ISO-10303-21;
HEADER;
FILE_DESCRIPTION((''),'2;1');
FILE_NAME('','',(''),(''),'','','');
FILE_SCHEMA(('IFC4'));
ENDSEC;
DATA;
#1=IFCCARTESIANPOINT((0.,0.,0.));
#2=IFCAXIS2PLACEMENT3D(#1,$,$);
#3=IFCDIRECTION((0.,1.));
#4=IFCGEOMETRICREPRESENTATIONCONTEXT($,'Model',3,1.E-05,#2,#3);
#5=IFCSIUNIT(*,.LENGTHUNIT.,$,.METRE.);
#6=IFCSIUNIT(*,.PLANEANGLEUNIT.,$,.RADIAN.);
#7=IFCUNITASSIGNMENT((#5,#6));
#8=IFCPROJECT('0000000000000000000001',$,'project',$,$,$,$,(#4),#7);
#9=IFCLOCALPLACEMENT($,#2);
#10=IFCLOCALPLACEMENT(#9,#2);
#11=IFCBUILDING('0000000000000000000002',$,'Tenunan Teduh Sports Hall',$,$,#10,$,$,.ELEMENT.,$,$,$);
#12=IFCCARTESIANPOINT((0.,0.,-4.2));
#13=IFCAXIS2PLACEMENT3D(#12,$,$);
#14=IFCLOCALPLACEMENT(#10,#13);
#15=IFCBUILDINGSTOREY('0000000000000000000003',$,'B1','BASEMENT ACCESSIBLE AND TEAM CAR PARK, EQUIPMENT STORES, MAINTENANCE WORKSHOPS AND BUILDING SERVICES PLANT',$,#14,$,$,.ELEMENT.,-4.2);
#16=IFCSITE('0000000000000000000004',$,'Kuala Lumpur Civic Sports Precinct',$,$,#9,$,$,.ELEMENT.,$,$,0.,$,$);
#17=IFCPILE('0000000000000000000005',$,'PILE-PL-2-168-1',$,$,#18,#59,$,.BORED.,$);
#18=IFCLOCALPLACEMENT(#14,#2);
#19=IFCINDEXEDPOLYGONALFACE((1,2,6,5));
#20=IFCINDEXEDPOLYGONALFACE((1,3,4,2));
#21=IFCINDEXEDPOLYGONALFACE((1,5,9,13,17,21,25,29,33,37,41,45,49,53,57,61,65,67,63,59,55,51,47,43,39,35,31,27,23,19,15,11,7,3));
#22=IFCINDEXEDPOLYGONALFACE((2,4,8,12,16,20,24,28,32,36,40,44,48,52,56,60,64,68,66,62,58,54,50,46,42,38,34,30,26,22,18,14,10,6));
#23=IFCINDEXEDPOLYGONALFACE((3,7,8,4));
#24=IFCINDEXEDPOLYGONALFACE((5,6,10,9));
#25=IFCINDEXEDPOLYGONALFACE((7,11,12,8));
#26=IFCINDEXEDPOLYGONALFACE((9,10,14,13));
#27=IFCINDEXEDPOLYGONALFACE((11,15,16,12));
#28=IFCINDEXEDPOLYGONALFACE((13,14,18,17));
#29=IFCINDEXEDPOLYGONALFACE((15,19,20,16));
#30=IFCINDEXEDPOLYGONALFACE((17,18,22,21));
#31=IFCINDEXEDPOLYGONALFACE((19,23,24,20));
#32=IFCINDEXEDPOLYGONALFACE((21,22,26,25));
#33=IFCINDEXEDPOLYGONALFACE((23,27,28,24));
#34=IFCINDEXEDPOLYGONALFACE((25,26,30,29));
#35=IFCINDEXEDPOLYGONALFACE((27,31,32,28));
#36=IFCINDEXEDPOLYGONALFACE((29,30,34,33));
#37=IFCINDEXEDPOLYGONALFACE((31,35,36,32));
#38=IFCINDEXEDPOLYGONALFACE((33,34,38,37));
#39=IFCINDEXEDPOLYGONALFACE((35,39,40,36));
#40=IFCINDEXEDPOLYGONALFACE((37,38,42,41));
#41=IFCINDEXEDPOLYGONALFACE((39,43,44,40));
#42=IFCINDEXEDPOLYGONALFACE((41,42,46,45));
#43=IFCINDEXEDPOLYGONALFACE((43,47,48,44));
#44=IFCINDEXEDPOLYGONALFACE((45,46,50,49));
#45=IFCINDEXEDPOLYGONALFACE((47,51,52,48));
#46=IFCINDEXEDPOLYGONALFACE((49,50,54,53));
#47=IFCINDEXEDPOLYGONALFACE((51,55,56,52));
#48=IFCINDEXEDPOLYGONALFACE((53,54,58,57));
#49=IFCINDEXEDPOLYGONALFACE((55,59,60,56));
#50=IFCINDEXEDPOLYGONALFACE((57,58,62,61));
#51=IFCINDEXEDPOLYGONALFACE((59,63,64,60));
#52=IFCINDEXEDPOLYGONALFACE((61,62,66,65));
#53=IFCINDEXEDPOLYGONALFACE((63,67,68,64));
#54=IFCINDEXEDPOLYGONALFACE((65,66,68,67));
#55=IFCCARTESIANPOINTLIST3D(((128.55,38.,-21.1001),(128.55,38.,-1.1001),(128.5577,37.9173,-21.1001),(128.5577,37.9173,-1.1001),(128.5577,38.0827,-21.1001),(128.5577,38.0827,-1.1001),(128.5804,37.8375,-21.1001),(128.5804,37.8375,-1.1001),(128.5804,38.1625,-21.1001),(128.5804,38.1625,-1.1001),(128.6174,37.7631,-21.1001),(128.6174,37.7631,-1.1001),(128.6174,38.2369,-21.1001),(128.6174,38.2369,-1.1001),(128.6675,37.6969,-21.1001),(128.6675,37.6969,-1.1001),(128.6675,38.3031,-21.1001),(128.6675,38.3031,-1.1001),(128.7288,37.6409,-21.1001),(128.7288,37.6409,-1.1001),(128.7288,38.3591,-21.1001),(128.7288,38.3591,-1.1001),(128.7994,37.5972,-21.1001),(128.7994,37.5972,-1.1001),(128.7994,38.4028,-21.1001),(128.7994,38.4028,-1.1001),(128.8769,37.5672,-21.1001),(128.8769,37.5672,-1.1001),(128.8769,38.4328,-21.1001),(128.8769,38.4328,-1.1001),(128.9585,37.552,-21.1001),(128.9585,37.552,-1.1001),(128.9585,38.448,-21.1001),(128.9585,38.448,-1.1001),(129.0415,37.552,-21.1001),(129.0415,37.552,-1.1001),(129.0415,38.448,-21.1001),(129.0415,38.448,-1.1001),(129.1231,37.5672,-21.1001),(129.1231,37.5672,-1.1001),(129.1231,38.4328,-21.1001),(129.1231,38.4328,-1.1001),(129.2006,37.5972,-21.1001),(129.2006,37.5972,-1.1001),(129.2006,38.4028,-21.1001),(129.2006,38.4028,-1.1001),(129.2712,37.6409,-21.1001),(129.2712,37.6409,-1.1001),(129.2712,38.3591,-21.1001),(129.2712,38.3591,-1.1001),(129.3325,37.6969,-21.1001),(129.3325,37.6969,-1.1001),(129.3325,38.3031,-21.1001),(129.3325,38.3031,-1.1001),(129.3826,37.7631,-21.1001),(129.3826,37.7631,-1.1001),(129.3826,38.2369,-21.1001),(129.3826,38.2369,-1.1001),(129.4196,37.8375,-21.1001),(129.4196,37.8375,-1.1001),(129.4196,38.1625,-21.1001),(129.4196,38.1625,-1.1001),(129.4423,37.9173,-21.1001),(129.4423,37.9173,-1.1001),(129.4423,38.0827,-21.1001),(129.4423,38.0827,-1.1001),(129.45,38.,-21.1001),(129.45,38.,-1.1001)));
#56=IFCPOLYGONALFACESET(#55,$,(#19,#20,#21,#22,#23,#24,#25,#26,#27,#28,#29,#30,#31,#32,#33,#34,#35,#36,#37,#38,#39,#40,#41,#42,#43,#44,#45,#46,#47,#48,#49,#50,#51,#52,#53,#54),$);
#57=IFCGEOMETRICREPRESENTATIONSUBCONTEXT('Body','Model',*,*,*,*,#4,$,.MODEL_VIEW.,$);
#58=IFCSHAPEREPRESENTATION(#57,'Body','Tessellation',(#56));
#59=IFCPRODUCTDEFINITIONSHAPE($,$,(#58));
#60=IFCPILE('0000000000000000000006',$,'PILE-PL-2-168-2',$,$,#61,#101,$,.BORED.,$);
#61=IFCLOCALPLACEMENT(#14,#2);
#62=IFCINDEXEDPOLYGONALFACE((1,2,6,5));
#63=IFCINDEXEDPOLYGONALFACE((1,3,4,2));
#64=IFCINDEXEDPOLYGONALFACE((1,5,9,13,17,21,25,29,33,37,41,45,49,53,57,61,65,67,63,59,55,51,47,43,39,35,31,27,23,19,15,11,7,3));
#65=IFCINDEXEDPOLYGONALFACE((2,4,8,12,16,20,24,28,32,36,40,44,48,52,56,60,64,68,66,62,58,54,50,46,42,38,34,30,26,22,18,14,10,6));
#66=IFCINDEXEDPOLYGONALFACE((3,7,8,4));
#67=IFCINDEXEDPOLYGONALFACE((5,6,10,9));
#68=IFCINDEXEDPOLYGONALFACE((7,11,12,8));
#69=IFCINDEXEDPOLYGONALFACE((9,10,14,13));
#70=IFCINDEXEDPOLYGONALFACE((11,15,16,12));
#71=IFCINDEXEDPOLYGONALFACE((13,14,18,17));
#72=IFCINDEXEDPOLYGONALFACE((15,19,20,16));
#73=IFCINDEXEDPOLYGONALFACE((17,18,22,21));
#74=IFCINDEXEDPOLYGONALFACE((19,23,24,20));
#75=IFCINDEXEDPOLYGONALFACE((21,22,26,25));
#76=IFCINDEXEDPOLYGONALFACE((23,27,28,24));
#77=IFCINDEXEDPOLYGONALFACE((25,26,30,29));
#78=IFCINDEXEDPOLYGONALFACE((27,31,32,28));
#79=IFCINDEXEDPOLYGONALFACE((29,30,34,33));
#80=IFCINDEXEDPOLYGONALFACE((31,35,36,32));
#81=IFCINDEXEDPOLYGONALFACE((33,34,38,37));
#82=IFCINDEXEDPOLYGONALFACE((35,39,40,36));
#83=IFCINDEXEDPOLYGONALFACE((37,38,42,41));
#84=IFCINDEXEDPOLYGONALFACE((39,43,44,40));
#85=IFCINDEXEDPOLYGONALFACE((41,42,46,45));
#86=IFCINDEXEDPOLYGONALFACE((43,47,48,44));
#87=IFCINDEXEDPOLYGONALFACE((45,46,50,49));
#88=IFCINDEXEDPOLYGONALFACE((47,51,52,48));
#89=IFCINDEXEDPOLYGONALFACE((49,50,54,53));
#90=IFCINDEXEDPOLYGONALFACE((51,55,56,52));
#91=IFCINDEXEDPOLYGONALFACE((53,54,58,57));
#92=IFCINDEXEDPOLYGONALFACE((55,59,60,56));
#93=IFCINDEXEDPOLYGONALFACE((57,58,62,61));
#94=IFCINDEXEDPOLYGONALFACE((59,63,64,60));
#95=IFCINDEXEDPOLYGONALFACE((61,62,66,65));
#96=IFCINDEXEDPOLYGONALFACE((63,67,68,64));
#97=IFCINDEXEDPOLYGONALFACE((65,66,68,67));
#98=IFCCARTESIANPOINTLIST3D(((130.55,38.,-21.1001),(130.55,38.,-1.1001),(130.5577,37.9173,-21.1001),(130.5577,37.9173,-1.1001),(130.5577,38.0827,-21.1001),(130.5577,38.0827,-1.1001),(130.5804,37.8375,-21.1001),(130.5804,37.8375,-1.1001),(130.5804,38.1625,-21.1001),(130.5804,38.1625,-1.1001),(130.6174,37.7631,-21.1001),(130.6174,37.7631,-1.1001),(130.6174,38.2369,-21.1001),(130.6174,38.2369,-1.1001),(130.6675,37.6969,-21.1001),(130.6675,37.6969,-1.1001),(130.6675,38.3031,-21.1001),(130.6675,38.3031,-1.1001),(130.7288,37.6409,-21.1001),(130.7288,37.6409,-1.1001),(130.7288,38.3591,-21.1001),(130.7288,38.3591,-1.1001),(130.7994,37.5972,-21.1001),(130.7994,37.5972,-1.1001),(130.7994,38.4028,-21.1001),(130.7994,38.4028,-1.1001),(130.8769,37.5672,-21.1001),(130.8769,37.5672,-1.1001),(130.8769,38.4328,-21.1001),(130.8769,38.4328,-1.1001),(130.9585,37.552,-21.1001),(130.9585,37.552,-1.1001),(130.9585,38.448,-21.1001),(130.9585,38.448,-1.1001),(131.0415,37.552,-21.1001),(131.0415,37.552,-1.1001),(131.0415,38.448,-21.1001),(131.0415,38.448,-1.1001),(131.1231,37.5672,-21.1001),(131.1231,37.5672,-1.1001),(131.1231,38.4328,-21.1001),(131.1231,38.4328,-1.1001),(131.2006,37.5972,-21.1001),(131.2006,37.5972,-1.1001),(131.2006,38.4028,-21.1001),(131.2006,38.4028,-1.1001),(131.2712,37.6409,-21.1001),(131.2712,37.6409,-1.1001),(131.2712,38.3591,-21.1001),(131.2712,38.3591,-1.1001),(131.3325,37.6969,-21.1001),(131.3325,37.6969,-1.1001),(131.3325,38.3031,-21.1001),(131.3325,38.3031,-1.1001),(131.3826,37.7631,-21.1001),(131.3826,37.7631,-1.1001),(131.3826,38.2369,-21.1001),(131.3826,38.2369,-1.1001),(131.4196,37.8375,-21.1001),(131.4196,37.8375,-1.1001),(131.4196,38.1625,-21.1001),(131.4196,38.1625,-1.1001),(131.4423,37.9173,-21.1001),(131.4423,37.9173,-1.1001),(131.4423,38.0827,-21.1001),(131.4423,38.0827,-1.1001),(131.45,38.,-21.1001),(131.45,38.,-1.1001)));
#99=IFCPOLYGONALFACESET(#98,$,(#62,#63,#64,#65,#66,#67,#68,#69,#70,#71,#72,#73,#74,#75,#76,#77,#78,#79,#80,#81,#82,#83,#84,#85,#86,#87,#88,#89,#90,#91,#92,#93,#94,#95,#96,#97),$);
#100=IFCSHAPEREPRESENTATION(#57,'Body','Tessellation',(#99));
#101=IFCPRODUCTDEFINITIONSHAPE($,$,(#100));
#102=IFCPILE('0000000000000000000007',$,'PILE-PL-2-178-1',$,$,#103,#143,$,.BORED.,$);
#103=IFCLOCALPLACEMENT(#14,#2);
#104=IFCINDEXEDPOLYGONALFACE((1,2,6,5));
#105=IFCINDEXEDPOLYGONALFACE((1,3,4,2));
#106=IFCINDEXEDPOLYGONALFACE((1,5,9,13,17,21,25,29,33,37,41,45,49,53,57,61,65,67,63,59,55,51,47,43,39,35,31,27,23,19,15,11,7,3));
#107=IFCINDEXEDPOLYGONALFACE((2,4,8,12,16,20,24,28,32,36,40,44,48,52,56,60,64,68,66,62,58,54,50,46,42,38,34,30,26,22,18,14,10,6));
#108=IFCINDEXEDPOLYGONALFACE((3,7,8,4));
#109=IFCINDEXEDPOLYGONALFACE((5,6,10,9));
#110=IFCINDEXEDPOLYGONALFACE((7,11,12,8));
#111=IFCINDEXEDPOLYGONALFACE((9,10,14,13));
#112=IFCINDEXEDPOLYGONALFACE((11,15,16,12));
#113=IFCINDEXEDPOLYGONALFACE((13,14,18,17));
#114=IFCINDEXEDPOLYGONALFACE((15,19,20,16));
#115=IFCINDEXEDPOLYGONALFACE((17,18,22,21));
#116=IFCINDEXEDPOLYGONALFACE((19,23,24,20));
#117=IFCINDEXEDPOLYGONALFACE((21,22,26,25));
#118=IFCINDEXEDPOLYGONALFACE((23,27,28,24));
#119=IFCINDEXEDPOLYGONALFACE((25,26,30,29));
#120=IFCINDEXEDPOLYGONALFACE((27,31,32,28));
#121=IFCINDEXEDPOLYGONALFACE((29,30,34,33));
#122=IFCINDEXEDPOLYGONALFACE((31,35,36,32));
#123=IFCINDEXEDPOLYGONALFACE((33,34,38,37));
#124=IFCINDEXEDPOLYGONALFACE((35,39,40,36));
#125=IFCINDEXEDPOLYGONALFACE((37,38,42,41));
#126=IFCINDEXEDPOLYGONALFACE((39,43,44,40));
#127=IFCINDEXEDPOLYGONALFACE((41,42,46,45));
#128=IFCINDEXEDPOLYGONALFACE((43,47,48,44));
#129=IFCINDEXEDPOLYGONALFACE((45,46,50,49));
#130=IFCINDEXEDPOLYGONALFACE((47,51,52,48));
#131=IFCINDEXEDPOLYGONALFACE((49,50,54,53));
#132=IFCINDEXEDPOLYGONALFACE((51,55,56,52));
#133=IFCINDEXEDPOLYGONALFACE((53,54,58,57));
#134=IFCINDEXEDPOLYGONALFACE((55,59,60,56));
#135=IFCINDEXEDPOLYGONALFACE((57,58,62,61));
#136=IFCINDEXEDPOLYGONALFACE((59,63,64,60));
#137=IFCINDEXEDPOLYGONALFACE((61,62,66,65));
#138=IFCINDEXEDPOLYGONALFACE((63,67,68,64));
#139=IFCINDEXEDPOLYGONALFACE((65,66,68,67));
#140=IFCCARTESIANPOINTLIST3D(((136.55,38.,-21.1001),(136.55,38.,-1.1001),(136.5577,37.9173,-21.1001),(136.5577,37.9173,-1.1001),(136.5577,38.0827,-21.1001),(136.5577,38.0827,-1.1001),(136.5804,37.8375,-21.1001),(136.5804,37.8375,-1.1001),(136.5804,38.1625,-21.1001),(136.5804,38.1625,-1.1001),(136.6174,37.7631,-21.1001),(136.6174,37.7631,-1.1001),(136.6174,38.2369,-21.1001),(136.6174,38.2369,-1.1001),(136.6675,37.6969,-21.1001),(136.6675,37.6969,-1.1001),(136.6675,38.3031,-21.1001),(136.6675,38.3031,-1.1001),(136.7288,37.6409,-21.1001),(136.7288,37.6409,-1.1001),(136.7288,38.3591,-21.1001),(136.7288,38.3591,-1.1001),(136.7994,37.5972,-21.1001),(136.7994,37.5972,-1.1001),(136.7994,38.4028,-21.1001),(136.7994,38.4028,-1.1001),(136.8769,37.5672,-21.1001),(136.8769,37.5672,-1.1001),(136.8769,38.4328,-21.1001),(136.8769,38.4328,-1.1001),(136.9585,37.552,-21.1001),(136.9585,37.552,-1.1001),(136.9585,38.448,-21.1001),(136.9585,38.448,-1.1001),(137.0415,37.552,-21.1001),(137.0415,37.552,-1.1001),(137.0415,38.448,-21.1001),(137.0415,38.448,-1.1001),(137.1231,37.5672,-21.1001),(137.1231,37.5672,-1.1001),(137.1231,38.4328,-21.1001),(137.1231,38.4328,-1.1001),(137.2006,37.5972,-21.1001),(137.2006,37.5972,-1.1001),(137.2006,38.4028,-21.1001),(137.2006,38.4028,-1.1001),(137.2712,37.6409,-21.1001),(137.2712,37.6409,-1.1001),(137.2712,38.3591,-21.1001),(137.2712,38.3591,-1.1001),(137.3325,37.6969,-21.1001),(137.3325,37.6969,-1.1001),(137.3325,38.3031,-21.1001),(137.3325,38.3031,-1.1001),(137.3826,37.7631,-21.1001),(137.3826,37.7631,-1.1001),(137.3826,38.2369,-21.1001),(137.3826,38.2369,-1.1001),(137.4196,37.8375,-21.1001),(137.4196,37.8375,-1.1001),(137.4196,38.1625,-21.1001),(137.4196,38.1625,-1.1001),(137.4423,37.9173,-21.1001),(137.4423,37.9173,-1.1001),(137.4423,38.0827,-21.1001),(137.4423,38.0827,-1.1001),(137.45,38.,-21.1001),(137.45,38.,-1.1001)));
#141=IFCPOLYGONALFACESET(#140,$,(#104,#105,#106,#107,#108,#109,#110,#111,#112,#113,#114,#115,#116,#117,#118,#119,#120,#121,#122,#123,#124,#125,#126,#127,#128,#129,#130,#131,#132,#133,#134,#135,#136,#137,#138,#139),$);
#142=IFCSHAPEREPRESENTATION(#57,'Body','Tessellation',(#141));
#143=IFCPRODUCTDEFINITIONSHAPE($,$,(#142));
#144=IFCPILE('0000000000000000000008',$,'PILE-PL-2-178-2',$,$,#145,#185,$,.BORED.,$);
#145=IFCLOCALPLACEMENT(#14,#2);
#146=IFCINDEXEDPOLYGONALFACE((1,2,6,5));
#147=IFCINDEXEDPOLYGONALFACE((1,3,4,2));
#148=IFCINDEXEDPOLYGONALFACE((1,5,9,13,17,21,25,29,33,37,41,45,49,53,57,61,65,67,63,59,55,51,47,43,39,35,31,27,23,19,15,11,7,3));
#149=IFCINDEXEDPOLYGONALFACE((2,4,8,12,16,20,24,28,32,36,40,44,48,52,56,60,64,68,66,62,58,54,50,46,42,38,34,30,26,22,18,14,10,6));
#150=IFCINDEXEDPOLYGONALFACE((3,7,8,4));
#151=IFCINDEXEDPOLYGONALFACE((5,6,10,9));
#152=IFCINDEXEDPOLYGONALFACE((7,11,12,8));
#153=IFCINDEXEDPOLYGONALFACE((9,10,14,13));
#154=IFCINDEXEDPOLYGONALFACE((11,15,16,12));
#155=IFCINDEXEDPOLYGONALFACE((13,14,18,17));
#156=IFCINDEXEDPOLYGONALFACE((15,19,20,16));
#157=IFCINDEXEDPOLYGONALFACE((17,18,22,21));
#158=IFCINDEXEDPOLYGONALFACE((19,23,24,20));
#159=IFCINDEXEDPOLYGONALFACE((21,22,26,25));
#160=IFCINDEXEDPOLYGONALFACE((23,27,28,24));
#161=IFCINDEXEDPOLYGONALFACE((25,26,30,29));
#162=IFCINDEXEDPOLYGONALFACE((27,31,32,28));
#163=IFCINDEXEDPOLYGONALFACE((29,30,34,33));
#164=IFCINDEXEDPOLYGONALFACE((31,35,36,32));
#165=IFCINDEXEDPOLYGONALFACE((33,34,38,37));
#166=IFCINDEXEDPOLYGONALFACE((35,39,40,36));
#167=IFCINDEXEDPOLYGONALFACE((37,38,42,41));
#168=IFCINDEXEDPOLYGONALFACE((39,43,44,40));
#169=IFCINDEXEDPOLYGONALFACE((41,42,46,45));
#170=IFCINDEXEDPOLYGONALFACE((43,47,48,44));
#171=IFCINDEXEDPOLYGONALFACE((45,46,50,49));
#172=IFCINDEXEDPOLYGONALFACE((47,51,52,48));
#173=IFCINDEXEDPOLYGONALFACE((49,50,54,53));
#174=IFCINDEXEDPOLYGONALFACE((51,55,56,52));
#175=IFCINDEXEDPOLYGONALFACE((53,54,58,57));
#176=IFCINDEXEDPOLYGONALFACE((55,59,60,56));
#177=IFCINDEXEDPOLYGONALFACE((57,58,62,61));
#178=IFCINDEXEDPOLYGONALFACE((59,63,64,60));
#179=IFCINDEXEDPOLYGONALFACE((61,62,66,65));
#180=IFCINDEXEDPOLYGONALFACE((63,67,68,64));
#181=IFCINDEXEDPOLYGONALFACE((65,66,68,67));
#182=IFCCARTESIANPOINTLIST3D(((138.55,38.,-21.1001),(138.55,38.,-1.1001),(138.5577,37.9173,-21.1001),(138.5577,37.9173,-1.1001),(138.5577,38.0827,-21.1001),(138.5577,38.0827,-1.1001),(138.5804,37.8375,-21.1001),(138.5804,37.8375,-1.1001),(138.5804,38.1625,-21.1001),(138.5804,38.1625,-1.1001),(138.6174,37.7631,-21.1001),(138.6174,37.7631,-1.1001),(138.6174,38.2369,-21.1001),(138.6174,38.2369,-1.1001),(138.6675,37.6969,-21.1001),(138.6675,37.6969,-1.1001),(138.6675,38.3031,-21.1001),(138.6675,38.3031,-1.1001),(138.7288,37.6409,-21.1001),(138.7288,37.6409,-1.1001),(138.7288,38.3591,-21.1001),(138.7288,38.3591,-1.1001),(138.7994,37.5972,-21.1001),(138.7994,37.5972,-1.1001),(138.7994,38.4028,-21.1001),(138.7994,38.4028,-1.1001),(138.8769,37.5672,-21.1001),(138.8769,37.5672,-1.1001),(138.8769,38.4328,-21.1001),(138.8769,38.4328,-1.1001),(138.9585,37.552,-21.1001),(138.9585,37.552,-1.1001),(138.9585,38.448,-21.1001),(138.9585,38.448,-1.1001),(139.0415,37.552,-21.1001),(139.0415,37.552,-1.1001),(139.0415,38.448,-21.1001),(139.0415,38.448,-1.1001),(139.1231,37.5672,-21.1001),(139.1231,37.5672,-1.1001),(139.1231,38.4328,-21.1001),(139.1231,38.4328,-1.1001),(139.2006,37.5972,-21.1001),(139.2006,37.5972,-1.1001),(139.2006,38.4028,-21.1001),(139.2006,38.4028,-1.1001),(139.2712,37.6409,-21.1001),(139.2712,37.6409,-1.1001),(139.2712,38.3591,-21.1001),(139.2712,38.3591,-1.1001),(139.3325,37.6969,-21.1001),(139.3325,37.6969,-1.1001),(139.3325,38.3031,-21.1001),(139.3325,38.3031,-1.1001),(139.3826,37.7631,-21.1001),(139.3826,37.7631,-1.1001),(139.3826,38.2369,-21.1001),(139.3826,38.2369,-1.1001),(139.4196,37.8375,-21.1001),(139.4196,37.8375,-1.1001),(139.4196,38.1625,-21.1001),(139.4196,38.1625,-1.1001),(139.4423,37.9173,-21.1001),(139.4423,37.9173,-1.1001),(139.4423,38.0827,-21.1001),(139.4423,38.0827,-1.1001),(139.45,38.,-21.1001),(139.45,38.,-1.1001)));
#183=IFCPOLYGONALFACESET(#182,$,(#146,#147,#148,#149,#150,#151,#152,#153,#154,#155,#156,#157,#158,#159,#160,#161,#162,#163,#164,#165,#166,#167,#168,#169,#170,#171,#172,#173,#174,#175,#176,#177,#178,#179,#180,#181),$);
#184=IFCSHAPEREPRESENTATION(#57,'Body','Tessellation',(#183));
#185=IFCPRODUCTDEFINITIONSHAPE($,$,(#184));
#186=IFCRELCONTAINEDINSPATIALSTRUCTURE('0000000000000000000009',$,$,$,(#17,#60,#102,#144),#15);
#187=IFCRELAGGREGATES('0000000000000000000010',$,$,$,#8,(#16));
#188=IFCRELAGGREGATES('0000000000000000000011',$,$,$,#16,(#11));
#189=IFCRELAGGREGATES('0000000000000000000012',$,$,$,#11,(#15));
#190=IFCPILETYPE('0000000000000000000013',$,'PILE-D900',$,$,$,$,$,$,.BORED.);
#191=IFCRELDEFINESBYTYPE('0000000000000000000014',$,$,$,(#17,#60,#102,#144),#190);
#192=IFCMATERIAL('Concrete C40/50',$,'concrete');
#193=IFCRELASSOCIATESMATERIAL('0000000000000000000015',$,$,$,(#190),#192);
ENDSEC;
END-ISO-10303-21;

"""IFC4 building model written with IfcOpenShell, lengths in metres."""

from ifc_helpers import new_model, si_unit, direction, frame, origin, origin_2d, place, context, subcontext, project, spatial, circle, extrude, material, material_profile, profile_set, type_object, element, save


model = new_model("IFC4")

# Units and contexts
model_context = context("Model", 3, precision=1e-05, world=origin(), true_north=direction((0.0, 1.0)))
body_context = subcontext(model_context, "Body", "Model", "MODEL_VIEW")
ifc_project = project(units=[si_unit("LENGTHUNIT", "METRE"), si_unit("PLANEANGLEUNIT", "RADIAN")], contexts=[model_context])

# Site, building, storey
site_placement = place(None, origin())
site = spatial("IfcSite", under=ifc_project, at=site_placement, Name="Kuala Lumpur Civic Sports Precinct", CompositionType="ELEMENT", RefElevation=0.0)
building_placement = place(site_placement, origin())
building = spatial("IfcBuilding", under=site, at=building_placement, Name="Tenunan Teduh Sports Hall", CompositionType="ELEMENT")
storey_placement = place(building_placement, frame((0.0, 0.0, -4.2)))
storey = spatial("IfcBuildingStorey", under=building, at=storey_placement, Name="B1", Description="BASEMENT ACCESSIBLE AND TEAM CAR PARK, EQUIPMENT STORES, MAINTENANCE WORKSHOPS AND BUILDING SERVICES PLANT", CompositionType="ELEMENT", Elevation=-4.2)

# Piles
ifc_material_1 = material(Name="Concrete C40/50", Category="concrete")
ifc_material_profile_1 = material_profile(ifc_material_1, circle(Radius=0.45, at=origin_2d()), Name="PILE D900")
ifc_profile_set_1 = profile_set([ifc_material_profile_1], Name="Concrete C40/50")
pile_type = type_object("IfcPileType", Name="PILE-D900", PredefinedType="BORED", material=ifc_profile_set_1)
for number, where, z_axis, x_axis, name in (
    (1, (129.0, 38.0, -1.1001), (0.0, 0.0, -1.0), (1.0, 0.0, 0.0), "PILE-PL-2-168-1"),
    (2, (131.0, 38.0, -1.1001), (0.0, 0.0, -1.0), (1.0, 0.0, 0.0), "PILE-PL-2-168-2"),
    (3, (137.0, 38.0, -1.1001), (0.0, 0.0, -1.0), (1.0, 0.0, 0.0), "PILE-PL-2-178-1"),
    (4, (139.0, 38.0, -1.1001), (0.0, 0.0, -1.0), (1.0, 0.0, 0.0), "PILE-PL-2-178-2"),
):
    element("IfcPile", number, at=place(storey_placement, frame(where, z_axis=z_axis, x_axis=x_axis)), inside=storey, type_object=pile_type, Name=name, PredefinedType="BORED", context=body_context, shape_type="SweptSolid", body=[
        extrude(circle(Radius=0.45, at=origin_2d()), origin(), (0.0, 0.0, 1.0), 20.0),
    ])

save(model, "model.ifc")
